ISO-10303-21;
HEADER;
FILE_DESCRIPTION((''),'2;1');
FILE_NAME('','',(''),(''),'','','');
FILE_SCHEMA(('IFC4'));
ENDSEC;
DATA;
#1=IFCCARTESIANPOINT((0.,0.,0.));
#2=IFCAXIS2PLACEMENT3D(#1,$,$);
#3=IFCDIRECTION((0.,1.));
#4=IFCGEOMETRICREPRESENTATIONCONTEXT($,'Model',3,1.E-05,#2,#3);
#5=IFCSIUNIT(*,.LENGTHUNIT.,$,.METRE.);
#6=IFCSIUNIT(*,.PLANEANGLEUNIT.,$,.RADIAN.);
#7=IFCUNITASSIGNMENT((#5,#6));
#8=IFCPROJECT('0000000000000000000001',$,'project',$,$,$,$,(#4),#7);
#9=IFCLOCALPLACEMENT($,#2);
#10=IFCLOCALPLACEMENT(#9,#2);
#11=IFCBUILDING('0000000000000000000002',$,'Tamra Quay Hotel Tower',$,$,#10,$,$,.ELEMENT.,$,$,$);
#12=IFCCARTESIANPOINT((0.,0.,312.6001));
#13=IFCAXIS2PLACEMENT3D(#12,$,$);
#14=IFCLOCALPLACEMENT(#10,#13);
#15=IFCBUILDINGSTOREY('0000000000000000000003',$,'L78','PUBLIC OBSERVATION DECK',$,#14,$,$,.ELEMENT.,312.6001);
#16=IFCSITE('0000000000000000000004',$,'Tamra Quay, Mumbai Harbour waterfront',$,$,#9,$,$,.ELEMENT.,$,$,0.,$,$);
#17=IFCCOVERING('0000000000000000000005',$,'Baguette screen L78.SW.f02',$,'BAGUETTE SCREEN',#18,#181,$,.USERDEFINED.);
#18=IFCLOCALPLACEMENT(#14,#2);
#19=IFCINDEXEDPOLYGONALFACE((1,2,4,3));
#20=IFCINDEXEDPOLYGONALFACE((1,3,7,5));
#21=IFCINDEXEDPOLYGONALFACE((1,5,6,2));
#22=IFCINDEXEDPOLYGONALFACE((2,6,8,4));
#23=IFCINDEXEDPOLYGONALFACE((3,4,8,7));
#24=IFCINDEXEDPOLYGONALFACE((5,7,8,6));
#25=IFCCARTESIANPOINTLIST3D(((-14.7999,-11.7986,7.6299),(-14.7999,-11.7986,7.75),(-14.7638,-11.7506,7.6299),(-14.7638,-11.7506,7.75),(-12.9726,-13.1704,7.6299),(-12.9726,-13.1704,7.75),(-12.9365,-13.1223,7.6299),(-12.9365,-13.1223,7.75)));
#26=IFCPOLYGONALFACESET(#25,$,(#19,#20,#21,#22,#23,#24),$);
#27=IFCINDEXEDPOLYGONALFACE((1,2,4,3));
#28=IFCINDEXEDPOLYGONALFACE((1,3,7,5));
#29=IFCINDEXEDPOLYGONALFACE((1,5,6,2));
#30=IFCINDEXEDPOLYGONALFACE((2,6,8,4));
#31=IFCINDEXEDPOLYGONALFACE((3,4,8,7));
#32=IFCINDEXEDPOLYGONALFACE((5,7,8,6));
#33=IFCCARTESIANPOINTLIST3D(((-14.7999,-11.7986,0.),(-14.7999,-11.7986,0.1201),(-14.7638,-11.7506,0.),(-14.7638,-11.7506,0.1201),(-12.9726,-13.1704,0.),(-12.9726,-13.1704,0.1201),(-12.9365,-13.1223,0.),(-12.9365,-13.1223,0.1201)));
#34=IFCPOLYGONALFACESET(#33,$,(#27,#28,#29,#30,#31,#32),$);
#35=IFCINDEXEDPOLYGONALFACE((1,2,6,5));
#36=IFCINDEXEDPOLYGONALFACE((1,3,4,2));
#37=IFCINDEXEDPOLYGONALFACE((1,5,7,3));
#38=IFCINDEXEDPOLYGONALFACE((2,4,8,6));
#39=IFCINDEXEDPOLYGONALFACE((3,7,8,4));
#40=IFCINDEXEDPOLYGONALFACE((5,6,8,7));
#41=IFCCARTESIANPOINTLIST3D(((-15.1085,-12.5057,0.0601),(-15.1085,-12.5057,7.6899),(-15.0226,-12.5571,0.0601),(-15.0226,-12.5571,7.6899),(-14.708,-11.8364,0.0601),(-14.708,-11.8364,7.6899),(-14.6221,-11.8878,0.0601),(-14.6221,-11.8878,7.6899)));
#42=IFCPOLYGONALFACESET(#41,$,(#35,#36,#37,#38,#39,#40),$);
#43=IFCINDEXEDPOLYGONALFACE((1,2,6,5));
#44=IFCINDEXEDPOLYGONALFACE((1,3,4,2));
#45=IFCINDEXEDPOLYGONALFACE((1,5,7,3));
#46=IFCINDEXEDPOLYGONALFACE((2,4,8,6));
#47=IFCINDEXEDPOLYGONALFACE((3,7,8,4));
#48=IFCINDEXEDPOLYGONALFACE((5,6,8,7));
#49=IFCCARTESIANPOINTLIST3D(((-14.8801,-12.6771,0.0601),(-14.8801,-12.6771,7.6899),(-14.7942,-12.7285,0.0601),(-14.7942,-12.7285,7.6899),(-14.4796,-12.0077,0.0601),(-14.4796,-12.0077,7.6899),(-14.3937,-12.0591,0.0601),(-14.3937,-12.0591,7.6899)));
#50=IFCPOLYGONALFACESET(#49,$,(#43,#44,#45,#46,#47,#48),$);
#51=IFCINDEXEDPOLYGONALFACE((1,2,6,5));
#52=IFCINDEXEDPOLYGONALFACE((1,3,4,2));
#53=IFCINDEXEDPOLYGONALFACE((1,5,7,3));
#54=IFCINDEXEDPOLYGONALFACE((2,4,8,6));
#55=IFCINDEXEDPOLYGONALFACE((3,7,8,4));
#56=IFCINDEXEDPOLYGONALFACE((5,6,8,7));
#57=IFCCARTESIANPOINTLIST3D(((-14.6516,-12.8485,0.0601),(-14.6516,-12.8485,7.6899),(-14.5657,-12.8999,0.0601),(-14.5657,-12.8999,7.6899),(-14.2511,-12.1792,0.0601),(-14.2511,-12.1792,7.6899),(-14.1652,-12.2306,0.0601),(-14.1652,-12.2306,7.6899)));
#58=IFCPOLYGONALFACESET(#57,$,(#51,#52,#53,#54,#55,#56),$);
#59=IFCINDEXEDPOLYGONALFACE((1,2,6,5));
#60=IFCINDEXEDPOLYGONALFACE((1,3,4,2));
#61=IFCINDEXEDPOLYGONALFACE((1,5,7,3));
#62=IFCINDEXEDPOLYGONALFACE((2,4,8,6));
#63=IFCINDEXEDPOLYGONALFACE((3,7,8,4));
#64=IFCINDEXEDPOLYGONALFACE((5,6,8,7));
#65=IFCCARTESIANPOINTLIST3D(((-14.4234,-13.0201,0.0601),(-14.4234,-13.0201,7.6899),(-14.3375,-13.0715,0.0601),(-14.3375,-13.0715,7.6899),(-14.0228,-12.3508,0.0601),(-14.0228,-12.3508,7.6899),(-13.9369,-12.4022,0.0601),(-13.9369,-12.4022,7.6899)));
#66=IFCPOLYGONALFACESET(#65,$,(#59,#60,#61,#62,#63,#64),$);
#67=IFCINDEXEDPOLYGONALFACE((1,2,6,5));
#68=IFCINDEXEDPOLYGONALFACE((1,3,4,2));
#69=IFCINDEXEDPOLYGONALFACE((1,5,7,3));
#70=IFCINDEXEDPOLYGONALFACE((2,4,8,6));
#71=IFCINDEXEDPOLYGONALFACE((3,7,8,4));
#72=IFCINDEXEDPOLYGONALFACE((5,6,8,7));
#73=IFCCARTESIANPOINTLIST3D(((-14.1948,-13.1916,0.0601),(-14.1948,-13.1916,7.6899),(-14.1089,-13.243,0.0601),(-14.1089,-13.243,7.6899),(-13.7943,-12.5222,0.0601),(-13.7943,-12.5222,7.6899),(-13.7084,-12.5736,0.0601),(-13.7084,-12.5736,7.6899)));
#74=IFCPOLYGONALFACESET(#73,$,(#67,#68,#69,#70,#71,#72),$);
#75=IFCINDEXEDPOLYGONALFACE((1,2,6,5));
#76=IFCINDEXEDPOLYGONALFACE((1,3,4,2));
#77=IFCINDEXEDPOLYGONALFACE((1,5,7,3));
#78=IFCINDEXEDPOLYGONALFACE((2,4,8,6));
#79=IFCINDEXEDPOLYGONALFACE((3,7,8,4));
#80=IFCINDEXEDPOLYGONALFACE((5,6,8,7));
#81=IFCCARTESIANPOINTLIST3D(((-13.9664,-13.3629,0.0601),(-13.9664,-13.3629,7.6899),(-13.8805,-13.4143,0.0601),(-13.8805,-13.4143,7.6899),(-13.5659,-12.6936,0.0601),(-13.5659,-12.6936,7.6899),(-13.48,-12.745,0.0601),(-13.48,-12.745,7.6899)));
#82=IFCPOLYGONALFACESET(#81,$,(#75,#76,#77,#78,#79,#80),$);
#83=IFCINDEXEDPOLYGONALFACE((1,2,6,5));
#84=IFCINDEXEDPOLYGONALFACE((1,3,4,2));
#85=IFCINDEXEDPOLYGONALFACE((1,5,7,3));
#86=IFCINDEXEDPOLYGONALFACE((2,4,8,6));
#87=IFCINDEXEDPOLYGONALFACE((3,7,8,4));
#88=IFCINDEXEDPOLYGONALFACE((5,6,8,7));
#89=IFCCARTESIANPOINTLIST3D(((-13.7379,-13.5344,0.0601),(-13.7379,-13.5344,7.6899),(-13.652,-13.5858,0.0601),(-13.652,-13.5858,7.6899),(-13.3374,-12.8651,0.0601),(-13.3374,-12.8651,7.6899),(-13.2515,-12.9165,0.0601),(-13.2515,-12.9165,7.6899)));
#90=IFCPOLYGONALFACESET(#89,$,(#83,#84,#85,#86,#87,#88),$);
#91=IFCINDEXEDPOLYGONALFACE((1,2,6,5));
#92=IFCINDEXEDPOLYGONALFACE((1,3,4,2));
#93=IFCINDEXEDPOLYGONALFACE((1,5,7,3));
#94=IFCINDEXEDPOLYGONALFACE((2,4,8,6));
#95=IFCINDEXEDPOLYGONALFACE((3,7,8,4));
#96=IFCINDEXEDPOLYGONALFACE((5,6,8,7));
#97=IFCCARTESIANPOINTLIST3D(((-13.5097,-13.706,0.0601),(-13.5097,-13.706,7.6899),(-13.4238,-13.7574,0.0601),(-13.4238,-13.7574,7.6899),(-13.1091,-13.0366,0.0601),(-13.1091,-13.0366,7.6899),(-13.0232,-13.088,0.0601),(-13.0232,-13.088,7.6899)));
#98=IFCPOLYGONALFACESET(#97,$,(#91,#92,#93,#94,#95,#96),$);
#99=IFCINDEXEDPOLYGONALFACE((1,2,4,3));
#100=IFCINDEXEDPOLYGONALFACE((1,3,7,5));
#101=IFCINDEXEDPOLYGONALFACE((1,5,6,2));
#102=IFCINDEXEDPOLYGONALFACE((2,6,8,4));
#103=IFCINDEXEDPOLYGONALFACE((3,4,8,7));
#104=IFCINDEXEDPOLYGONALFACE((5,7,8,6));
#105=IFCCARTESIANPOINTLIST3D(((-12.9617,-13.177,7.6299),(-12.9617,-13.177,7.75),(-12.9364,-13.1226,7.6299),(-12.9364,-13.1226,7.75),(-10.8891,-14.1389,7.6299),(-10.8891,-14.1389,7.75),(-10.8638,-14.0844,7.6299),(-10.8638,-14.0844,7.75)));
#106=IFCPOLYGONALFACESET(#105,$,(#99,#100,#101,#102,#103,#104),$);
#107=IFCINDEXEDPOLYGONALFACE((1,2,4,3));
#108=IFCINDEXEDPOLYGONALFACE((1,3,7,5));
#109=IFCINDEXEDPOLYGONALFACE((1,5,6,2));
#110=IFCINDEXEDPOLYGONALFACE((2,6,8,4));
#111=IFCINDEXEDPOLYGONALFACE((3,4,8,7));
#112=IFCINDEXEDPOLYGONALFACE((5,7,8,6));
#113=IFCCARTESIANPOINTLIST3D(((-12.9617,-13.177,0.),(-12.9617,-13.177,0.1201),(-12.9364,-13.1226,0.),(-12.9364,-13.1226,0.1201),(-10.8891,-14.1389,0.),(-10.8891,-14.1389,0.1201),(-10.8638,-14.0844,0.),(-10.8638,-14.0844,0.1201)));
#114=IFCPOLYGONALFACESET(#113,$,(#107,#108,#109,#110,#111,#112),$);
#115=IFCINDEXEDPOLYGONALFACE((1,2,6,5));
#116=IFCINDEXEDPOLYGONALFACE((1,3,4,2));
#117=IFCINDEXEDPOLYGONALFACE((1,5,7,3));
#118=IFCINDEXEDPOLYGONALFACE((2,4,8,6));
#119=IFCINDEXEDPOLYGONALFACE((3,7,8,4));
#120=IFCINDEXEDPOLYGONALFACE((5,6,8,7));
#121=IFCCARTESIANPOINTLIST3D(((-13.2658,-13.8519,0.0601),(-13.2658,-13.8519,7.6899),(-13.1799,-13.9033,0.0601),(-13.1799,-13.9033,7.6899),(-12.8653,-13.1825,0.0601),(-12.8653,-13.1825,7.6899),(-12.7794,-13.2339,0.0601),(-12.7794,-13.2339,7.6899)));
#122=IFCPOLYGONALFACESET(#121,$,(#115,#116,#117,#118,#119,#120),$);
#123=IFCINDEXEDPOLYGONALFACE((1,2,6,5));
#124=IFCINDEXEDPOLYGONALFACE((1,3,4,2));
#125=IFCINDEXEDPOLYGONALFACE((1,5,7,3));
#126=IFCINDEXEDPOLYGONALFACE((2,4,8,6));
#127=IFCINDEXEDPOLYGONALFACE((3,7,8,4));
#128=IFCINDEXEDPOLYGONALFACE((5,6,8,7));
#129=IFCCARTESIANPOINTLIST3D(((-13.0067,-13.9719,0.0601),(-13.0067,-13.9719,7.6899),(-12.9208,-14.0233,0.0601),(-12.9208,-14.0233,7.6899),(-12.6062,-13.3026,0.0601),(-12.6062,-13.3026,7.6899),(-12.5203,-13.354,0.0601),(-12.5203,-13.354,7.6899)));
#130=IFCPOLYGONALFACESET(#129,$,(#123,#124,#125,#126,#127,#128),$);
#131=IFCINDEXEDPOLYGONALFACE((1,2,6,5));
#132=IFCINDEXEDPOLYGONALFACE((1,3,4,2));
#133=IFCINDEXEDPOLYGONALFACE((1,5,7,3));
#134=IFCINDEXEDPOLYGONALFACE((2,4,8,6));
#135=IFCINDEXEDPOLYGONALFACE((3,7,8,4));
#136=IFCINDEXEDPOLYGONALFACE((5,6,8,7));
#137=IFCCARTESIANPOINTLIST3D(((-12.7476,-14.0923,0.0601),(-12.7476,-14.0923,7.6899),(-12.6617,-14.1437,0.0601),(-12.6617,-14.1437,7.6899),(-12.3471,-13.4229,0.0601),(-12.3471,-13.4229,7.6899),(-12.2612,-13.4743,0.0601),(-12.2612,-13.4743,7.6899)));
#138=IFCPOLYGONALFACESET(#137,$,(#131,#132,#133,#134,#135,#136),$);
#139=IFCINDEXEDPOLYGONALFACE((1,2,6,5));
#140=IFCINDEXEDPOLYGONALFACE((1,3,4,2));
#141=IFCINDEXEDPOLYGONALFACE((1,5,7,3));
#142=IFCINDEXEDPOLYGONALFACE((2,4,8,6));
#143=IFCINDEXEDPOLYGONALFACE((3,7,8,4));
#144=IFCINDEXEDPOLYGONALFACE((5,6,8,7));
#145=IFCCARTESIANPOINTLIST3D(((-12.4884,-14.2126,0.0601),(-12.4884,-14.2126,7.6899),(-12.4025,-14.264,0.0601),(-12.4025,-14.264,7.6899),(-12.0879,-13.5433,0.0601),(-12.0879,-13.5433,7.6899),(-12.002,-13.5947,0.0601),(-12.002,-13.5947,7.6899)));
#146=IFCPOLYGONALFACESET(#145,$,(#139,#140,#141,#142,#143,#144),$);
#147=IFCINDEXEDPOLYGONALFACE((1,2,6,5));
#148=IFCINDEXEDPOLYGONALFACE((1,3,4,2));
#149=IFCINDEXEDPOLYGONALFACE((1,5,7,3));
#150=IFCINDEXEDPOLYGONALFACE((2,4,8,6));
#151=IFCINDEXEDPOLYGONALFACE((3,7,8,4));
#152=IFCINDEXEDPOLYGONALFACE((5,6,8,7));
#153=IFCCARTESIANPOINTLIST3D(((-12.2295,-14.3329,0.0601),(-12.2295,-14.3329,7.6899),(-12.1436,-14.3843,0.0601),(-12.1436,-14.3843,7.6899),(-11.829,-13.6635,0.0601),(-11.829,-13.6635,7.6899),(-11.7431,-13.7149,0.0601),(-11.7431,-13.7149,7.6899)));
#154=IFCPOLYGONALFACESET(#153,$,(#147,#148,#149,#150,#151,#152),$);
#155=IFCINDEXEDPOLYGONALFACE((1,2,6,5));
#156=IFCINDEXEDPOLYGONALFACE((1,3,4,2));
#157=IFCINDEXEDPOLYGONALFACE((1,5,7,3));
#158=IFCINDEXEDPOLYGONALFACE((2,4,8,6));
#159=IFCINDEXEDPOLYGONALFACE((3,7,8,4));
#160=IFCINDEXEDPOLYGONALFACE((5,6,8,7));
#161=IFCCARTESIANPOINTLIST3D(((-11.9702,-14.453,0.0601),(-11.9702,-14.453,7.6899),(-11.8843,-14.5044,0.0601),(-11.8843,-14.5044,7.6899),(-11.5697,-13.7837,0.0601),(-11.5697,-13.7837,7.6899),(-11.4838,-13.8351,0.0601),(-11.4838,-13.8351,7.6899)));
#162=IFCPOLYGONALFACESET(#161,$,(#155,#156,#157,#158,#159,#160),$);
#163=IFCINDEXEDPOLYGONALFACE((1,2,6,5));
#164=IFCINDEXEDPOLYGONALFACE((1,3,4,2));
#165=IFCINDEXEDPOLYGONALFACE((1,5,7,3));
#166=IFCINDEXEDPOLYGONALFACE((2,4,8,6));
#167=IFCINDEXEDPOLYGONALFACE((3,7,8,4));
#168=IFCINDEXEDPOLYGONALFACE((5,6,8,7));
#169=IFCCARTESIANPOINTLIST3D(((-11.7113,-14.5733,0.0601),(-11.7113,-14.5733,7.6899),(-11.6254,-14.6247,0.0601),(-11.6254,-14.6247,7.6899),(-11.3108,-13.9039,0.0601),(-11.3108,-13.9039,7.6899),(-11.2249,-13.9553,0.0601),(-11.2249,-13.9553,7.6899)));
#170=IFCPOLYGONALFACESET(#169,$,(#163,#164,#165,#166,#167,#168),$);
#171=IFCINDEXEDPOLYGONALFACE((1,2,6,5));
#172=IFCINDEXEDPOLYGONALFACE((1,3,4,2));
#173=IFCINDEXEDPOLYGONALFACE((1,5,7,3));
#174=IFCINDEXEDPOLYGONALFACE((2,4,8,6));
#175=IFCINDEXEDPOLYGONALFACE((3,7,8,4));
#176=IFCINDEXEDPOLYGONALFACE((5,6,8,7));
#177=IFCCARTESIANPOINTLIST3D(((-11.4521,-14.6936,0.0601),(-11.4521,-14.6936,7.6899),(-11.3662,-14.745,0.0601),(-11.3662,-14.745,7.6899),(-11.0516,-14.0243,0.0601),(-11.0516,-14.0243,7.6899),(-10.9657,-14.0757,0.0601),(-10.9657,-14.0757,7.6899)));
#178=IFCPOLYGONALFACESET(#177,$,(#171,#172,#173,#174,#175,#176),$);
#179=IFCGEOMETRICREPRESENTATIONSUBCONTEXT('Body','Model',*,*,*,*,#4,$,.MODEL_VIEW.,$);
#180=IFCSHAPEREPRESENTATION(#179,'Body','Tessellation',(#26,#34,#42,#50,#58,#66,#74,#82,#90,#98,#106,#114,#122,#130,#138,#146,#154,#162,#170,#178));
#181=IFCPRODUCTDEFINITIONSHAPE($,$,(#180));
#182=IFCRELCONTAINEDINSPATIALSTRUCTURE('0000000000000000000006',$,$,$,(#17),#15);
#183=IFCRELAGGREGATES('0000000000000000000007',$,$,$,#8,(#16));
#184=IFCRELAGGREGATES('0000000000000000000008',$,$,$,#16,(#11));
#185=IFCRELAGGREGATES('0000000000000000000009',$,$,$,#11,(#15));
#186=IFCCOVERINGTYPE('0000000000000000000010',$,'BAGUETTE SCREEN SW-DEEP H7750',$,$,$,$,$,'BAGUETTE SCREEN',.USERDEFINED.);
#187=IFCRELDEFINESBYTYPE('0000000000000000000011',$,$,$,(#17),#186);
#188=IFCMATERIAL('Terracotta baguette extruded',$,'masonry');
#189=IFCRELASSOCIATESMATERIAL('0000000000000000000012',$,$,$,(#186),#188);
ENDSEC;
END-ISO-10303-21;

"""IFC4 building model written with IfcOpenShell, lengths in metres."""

from ifc_helpers import new_model, si_unit, direction, frame, frame_2d, origin, place, context, subcontext, project, spatial, rectangle, extrude, source, transform, mapped, material, type_object, element, save


model = new_model("IFC4")

# Units and contexts
model_context = context("Model", 3, precision=1e-05, world=origin(), true_north=direction((0.0, 1.0)))
body_context = subcontext(model_context, "Body", "Model", "MODEL_VIEW")
ifc_project = project(units=[si_unit("LENGTHUNIT", "METRE"), si_unit("PLANEANGLEUNIT", "RADIAN")], contexts=[model_context])

# Site, building, storey
site_placement = place(None, origin())
site = spatial("IfcSite", under=ifc_project, at=site_placement, Name="Tamra Quay, Mumbai Harbour waterfront", CompositionType="ELEMENT", RefElevation=0.0)
building_placement = place(site_placement, origin())
building = spatial("IfcBuilding", under=site, at=building_placement, Name="Tamra Quay Hotel Tower", CompositionType="ELEMENT")
storey_placement = place(building_placement, frame((0.0, 0.0, 312.6001)))
storey = spatial("IfcBuildingStorey", under=building, at=storey_placement, Name="L78", Description="PUBLIC OBSERVATION DECK", CompositionType="ELEMENT", Elevation=312.6001)

# Covering
ifc_material_1 = material(Name="Terracotta baguette extruded", Category="masonry")
covering_type_1 = type_object("IfcCoveringType", Name="BAGUETTE SCREEN SW-DEEP H7750", ElementType="BAGUETTE SCREEN", PredefinedType="USERDEFINED", material=ifc_material_1)
shared_shape_1 = source(origin(), body_context, "Body", "SweptSolid", [
    extrude(rectangle(XDim=2.2849, YDim=0.0601, at=frame_2d((1.1426, 0.03))), frame((-2.2788, -0.0576, -0.1201), z_axis=(0.0, 0.0, 1.0), x_axis=(0.994522, -0.104528, 0.0)), (0.0, 0.0, 1.0), 0.1201),
    extrude(rectangle(XDim=2.2849, YDim=0.0601, at=frame_2d((1.1426, 0.03))), frame((-2.2788, -0.0576, -7.75), z_axis=(0.0, 0.0, 1.0), x_axis=(0.994522, -0.104528, 0.0)), (0.0, 0.0, 1.0), 0.1201),
    extrude(rectangle(XDim=0.1001, YDim=0.78, at=frame_2d((0.05, 0.3901))), frame((-2.1804, -0.823, -7.6899)), (0.0, 0.0, 1.0), 7.6299),
    extrude(rectangle(XDim=0.1001, YDim=0.78, at=frame_2d((0.05, 0.3901))), frame((-1.8965, -0.8528, -7.6899)), (0.0, 0.0, 1.0), 7.6299),
    extrude(rectangle(XDim=0.1001, YDim=0.78, at=frame_2d((0.05, 0.3901))), frame((-1.6123, -0.8826, -7.6899)), (0.0, 0.0, 1.0), 7.6299),
    extrude(rectangle(XDim=0.1001, YDim=0.78, at=frame_2d((0.05, 0.3901))), frame((-1.3284, -0.9126, -7.6899)), (0.0, 0.0, 1.0), 7.6299),
    extrude(rectangle(XDim=0.1001, YDim=0.78, at=frame_2d((0.05, 0.3901))), frame((-1.0442, -0.9424, -7.6899)), (0.0, 0.0, 1.0), 7.6299),
    extrude(rectangle(XDim=0.1001, YDim=0.78, at=frame_2d((0.05, 0.3901))), frame((-0.7603, -0.9722, -7.6899)), (0.0, 0.0, 1.0), 7.6299),
    extrude(rectangle(XDim=0.1001, YDim=0.78, at=frame_2d((0.05, 0.3901))), frame((-0.4761, -1.002, -7.6899)), (0.0, 0.0, 1.0), 7.6299),
    extrude(rectangle(XDim=0.1001, YDim=0.78, at=frame_2d((0.05, 0.3901))), frame((-0.1921, -1.032, -7.6899)), (0.0, 0.0, 1.0), 7.6299),
    extrude(rectangle(XDim=2.2849, YDim=0.0601, at=frame_2d((1.1426, 0.03))), frame((0.0063, -0.2966, -0.1201), z_axis=(0.0, 0.0, 1.0), x_axis=(0.994522, 0.104528, 0.0)), (0.0, 0.0, 1.0), 0.1201),
    extrude(rectangle(XDim=2.2849, YDim=0.0601, at=frame_2d((1.1426, 0.03))), frame((0.0063, -0.2966, -7.75), z_axis=(0.0, 0.0, 1.0), x_axis=(0.994522, 0.104528, 0.0)), (0.0, 0.0, 1.0), 0.1201),
    extrude(rectangle(XDim=0.1001, YDim=0.78, at=frame_2d((0.05, 0.3901))), frame((0.092, -1.032, -7.6899)), (0.0, 0.0, 1.0), 7.6299),
    extrude(rectangle(XDim=0.1001, YDim=0.78, at=frame_2d((0.05, 0.3901))), frame((0.376, -1.002, -7.6899)), (0.0, 0.0, 1.0), 7.6299),
    extrude(rectangle(XDim=0.1001, YDim=0.78, at=frame_2d((0.05, 0.3901))), frame((0.6602, -0.9722, -7.6899)), (0.0, 0.0, 1.0), 7.6299),
    extrude(rectangle(XDim=0.1001, YDim=0.78, at=frame_2d((0.05, 0.3901))), frame((0.9443, -0.9424, -7.6899)), (0.0, 0.0, 1.0), 7.6299),
    extrude(rectangle(XDim=0.1001, YDim=0.78, at=frame_2d((0.05, 0.3901))), frame((1.2283, -0.9126, -7.6899)), (0.0, 0.0, 1.0), 7.6299),
    extrude(rectangle(XDim=0.1001, YDim=0.78, at=frame_2d((0.05, 0.3901))), frame((1.5125, -0.8826, -7.6899)), (0.0, 0.0, 1.0), 7.6299),
    extrude(rectangle(XDim=0.1001, YDim=0.78, at=frame_2d((0.05, 0.3901))), frame((1.7964, -0.8528, -7.6899)), (0.0, 0.0, 1.0), 7.6299),
    extrude(rectangle(XDim=0.1001, YDim=0.78, at=frame_2d((0.05, 0.3901))), frame((2.0806, -0.823, -7.6899)), (0.0, 0.0, 1.0), 7.6299),
])
covering_1_placement = place(storey_placement, frame((-12.8149, -12.9192, 7.75), z_axis=(0.0, 0.0, 1.0), x_axis=(0.858103, -0.513477, 0.0)))
element("IfcCovering", 1, at=covering_1_placement, inside=storey, type_object=covering_type_1, Name="Baguette screen L78.SW.f02", ObjectType="BAGUETTE SCREEN", PredefinedType="USERDEFINED", context=body_context, shape_type="MappedRepresentation", body=[
    mapped(shared_shape_1, transform((0.0, 0.0, 0.0), scale=1.0)),
])

save(model, "model.ifc")
